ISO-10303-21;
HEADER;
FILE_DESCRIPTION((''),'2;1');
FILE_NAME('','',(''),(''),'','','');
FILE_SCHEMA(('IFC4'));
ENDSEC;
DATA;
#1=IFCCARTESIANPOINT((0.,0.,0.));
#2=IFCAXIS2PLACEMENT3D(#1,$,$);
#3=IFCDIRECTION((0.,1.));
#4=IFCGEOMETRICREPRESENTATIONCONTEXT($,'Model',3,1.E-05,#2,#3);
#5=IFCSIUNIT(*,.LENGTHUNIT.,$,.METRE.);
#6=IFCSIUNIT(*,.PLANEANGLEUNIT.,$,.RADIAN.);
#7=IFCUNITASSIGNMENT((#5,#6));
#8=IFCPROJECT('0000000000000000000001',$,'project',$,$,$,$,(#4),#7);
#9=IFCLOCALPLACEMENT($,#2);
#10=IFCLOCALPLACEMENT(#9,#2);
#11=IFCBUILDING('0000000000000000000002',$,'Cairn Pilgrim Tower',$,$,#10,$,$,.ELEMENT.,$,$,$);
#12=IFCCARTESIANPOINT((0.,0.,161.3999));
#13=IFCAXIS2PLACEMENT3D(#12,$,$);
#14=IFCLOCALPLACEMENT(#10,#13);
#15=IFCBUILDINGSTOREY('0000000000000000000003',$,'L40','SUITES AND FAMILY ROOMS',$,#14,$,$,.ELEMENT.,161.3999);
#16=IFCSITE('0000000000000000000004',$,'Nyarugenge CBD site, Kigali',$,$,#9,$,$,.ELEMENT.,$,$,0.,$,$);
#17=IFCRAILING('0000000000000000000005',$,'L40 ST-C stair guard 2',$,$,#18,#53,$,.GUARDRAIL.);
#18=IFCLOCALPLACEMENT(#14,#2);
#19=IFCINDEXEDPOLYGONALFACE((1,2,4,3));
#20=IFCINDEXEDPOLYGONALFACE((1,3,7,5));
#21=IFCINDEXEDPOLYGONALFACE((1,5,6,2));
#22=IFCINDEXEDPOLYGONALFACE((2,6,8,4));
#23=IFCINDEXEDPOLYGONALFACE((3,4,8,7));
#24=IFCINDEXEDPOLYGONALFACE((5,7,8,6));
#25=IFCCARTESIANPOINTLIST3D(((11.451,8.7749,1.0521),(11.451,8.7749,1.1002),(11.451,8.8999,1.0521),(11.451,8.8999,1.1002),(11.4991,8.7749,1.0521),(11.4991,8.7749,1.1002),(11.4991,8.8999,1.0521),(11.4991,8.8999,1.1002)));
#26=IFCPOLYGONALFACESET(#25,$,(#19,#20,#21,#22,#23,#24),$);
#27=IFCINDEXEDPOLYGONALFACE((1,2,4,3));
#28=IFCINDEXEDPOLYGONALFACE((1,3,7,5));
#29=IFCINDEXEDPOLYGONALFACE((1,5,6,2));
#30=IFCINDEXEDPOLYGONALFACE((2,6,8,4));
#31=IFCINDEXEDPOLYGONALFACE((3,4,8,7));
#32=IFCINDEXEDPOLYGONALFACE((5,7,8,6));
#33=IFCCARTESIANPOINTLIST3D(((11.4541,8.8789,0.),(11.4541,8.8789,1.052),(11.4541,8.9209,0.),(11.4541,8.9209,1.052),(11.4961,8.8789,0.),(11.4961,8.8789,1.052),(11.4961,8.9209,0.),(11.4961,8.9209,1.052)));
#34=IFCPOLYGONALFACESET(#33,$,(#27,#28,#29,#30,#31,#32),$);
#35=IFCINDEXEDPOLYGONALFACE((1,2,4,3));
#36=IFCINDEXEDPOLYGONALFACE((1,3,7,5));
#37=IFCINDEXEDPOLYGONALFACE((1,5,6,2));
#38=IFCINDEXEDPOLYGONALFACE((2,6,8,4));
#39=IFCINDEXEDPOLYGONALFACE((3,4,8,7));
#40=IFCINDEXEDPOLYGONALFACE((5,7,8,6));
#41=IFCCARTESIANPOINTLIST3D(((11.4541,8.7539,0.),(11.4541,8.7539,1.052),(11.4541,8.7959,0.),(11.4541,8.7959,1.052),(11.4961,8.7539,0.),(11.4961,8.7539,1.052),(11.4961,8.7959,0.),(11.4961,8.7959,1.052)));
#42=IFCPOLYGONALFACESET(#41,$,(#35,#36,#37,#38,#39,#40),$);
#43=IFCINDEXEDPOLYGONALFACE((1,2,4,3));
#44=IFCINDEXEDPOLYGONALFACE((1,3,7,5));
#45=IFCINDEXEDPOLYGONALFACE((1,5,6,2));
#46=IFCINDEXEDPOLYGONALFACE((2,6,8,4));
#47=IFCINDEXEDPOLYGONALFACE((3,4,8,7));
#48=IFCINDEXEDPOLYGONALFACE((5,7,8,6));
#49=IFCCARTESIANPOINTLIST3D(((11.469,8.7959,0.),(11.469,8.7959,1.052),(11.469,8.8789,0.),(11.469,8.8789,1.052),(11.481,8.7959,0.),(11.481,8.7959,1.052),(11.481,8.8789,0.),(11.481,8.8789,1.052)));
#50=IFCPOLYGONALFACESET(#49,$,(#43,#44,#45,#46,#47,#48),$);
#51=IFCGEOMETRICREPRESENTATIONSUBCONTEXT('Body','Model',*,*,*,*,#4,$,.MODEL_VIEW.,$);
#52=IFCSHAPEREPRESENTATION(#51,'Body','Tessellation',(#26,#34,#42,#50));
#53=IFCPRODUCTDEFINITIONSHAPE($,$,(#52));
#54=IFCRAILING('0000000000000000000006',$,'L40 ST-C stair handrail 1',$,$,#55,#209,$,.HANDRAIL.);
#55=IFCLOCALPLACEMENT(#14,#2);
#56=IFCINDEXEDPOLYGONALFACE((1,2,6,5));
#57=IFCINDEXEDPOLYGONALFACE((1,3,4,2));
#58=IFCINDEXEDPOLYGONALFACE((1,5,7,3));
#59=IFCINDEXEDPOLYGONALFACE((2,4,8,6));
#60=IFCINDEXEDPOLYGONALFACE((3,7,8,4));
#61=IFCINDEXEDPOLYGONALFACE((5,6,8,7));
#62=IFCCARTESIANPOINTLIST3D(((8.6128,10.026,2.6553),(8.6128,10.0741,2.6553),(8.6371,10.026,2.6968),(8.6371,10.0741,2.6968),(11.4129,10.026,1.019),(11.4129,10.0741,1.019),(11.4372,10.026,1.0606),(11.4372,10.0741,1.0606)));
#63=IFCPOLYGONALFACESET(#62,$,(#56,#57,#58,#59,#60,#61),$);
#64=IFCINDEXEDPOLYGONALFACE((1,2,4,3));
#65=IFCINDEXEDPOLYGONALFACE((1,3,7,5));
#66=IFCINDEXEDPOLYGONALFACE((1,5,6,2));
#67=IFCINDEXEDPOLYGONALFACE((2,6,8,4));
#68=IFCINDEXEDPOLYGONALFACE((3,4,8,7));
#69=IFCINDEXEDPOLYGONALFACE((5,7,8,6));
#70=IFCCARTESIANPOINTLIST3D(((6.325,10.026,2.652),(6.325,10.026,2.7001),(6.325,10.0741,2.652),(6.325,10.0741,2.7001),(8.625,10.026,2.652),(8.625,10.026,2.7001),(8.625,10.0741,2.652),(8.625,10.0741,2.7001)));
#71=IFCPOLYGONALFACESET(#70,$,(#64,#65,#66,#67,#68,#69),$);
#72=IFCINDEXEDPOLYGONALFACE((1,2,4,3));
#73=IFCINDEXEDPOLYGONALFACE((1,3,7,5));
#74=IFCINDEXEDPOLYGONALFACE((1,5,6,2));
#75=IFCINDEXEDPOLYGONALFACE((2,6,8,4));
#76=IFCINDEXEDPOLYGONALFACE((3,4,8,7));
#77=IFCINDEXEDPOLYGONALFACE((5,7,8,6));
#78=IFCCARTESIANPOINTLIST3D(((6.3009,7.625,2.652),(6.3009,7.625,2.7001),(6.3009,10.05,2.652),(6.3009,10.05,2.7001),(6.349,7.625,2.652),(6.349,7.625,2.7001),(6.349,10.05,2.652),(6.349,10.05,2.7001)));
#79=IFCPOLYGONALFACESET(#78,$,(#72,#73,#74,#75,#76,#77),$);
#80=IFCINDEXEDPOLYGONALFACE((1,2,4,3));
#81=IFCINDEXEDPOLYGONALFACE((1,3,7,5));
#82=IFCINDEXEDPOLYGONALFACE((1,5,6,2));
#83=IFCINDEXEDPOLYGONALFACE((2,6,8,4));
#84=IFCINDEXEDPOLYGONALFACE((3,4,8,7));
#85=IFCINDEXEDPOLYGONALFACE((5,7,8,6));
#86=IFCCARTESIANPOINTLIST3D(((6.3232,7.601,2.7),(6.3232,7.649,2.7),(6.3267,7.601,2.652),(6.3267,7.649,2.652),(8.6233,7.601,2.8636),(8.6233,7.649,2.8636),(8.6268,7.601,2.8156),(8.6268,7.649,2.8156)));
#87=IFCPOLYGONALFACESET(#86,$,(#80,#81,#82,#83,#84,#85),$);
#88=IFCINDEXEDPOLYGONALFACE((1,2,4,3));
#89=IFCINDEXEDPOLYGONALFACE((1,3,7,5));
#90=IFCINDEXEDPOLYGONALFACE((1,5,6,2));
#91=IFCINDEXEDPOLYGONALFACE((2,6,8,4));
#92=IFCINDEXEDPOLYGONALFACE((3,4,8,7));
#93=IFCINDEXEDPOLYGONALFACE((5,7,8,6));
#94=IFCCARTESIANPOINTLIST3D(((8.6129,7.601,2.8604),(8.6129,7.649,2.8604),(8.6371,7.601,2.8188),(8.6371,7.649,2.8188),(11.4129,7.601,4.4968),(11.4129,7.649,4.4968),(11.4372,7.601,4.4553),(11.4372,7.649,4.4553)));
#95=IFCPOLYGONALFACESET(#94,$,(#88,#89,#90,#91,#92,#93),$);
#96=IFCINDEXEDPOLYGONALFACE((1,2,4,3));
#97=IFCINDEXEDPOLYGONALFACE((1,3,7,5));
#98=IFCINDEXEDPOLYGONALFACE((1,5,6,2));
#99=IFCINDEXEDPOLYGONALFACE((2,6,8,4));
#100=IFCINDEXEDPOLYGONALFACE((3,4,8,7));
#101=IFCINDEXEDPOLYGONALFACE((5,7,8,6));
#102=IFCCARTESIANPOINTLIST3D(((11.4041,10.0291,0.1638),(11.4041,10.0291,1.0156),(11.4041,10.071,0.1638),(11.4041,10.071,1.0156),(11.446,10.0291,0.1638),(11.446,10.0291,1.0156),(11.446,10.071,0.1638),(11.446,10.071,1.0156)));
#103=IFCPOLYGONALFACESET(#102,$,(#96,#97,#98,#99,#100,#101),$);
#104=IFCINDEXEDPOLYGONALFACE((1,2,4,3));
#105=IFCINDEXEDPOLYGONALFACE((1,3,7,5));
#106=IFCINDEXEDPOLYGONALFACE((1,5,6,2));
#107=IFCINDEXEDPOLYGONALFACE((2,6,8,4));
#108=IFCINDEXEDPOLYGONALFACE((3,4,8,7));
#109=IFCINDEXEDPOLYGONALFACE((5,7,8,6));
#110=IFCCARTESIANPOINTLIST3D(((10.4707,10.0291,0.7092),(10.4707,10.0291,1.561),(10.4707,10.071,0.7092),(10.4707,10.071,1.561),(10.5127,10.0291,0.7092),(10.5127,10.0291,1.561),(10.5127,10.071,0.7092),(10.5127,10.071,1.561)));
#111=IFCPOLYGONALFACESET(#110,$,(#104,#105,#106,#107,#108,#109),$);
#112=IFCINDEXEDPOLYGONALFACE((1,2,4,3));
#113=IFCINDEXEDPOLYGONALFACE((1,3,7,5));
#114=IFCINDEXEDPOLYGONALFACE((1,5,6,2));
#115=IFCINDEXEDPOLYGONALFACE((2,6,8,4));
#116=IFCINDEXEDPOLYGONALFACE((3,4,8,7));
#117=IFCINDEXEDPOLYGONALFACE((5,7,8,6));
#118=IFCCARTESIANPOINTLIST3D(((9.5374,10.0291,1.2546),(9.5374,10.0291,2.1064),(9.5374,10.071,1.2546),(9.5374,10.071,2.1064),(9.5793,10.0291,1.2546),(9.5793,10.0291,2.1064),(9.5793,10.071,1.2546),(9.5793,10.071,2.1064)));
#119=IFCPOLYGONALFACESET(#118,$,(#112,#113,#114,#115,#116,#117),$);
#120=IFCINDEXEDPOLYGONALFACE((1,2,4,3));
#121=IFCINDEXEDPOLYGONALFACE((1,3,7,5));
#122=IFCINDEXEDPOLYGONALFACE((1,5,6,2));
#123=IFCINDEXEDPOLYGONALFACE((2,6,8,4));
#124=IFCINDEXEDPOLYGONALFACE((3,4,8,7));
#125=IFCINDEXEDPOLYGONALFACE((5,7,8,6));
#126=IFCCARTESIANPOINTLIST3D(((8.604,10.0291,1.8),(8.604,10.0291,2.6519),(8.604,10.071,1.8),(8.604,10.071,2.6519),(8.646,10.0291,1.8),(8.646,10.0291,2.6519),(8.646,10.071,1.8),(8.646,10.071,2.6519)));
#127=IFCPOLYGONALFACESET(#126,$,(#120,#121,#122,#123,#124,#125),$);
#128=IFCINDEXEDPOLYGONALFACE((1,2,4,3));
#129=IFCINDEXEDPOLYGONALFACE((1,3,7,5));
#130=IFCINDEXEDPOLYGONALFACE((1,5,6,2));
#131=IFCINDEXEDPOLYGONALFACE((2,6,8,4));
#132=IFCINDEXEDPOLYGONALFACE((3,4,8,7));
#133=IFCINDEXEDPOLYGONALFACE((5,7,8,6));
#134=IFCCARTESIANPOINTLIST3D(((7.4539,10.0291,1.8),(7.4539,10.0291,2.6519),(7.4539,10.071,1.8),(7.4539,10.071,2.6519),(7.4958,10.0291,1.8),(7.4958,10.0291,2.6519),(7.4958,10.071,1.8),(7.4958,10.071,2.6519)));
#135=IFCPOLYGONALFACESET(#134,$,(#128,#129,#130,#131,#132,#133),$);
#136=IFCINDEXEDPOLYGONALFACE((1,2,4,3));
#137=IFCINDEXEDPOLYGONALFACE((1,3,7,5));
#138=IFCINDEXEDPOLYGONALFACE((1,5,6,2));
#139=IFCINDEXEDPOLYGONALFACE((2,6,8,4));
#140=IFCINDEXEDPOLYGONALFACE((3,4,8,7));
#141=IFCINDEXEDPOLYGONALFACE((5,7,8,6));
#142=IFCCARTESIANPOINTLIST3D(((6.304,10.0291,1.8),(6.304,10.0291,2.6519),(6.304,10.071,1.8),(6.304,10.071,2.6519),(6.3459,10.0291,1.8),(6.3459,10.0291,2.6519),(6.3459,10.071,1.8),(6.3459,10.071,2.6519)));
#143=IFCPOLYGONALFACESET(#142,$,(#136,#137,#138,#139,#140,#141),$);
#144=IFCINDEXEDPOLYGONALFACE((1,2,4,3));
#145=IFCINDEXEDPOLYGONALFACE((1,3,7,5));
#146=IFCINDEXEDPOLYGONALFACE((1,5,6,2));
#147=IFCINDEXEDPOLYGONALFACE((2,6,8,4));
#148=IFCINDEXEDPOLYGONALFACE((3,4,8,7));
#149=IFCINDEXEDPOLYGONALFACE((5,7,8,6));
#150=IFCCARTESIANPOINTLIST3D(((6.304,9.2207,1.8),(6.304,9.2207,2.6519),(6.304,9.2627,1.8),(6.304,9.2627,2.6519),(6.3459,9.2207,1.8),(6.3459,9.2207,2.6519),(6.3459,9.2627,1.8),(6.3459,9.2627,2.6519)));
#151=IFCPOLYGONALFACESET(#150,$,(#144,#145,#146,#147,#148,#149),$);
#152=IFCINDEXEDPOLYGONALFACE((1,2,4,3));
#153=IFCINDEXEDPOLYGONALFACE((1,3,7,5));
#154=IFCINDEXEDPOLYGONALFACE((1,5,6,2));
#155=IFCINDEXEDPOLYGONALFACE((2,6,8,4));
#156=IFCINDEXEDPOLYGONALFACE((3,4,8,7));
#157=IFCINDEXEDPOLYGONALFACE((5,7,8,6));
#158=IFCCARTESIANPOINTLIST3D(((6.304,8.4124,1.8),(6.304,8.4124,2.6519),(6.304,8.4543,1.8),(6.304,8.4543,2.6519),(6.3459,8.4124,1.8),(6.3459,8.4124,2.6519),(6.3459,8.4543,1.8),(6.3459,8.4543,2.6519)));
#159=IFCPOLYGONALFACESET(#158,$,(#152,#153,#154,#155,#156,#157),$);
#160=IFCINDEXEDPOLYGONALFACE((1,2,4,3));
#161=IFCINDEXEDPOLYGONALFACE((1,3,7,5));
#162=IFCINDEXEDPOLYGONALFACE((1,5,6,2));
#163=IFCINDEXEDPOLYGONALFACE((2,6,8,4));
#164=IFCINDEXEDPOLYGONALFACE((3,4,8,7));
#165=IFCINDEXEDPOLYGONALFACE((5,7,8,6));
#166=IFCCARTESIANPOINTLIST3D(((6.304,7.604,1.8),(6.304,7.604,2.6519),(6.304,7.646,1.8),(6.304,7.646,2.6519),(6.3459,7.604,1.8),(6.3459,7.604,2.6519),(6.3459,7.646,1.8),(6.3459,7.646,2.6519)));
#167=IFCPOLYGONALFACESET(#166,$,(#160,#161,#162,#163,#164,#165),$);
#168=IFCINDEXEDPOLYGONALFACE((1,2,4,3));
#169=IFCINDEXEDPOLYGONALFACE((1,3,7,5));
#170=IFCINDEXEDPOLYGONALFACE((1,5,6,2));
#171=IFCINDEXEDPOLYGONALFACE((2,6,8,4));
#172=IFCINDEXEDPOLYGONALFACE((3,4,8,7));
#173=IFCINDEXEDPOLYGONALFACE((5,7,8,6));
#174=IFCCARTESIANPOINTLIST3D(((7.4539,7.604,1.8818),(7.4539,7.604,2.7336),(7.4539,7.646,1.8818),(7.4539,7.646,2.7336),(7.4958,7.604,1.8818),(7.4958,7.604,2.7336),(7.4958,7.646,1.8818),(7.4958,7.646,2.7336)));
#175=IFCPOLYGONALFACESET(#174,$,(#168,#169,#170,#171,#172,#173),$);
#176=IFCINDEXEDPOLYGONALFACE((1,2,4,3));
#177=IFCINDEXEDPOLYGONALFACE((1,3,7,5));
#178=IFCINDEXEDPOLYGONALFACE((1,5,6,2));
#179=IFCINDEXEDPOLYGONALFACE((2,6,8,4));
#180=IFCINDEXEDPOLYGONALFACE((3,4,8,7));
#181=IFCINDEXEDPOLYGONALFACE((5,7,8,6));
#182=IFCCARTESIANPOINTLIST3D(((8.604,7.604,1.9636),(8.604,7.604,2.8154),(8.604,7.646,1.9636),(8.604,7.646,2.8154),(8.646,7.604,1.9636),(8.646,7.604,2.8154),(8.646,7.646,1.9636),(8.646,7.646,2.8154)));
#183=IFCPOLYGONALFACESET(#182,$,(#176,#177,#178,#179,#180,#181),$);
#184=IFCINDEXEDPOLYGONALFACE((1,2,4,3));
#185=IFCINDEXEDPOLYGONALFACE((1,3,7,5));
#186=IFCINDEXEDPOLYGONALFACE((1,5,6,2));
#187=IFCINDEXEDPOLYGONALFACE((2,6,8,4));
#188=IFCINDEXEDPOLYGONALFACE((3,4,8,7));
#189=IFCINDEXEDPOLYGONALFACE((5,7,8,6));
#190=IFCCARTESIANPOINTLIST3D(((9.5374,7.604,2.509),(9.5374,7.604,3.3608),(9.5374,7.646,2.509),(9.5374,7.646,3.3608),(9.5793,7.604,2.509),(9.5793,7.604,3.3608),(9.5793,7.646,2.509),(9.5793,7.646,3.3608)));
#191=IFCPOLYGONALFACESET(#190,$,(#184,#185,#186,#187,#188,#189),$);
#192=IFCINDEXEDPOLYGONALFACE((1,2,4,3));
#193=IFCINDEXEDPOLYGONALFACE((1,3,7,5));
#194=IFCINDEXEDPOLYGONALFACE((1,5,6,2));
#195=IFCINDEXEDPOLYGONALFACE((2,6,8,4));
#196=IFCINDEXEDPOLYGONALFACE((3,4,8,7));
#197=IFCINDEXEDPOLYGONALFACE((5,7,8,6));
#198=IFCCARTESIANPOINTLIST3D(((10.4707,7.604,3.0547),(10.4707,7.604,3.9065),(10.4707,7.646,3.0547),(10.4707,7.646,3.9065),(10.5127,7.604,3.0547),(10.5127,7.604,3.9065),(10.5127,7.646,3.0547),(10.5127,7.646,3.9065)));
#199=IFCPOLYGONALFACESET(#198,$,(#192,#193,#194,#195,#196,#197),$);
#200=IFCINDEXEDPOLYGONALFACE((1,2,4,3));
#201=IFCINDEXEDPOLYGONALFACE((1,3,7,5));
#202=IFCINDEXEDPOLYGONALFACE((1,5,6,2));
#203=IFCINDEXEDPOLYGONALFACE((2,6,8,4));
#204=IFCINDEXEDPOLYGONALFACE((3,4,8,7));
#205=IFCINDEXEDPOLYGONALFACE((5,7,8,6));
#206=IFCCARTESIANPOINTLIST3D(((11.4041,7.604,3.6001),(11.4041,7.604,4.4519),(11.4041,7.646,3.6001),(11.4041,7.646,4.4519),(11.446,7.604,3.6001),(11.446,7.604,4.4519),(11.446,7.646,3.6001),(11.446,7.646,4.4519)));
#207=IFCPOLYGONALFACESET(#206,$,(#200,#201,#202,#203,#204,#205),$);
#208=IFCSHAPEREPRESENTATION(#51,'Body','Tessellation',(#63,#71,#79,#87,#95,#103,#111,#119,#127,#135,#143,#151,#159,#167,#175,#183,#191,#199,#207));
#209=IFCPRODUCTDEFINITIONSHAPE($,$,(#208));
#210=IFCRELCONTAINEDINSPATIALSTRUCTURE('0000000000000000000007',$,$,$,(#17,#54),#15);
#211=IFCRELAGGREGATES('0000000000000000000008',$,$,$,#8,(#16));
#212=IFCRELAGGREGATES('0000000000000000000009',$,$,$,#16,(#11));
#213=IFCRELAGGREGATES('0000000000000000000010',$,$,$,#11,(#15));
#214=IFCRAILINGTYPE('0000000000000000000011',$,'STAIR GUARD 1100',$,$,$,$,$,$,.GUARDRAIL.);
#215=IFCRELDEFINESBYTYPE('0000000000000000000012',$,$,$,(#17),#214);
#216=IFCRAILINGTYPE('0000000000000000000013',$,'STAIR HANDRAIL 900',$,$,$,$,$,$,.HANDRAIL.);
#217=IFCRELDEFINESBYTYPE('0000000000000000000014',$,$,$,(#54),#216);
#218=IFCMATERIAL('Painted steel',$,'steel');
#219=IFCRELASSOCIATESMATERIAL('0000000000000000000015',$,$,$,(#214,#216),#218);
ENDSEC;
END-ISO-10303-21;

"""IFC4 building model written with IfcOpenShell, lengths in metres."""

from ifc_helpers import new_model, si_unit, direction, frame, origin, origin_2d, place, context, subcontext, project, spatial, polyline, rectangle, outline, extrude, material, type_object, element, save


model = new_model("IFC4")

# Units and contexts
model_context = context("Model", 3, precision=1e-05, world=origin(), true_north=direction((0.0, 1.0)))
body_context = subcontext(model_context, "Body", "Model", "MODEL_VIEW")
ifc_project = project(units=[si_unit("LENGTHUNIT", "METRE"), si_unit("PLANEANGLEUNIT", "RADIAN")], contexts=[model_context])

# Site, building, storey
site_placement = place(None, origin())
site = spatial("IfcSite", under=ifc_project, at=site_placement, Name="Nyarugenge CBD site, Kigali", CompositionType="ELEMENT", RefElevation=0.0)
building_placement = place(site_placement, origin())
building = spatial("IfcBuilding", under=site, at=building_placement, Name="Cairn Pilgrim Tower", CompositionType="ELEMENT")
storey_placement = place(building_placement, frame((0.0, 0.0, 161.3999)))
storey = spatial("IfcBuildingStorey", under=building, at=storey_placement, Name="L40", Description="SUITES AND FAMILY ROOMS", CompositionType="ELEMENT", Elevation=161.3999)

# Shared definitions
ifc_material_1 = material(Name="Painted steel", Category="steel")

# Railings
railing_type_1 = type_object("IfcRailingType", Name="STAIR GUARD 1100", PredefinedType="GUARDRAIL", material=ifc_material_1)
railing_1_placement = place(storey_placement, frame((11.4751, 8.8999, 0.0)))
element("IfcRailing", 1, at=railing_1_placement, inside=storey, type_object=railing_type_1, Name="L40 ST-C stair guard 2", PredefinedType="GUARDRAIL", context=body_context, shape_type="SweptSolid", body=[
    extrude(rectangle(XDim=0.0481, YDim=0.0481, at=origin_2d()), frame((0.0, 0.0, 1.0762), z_axis=(0.0, -1.0, 0.0), x_axis=(1.0, 0.0, 0.0)), (0.0, 0.0, 1.0), 0.125),
    extrude(rectangle(XDim=0.042, YDim=0.042, at=origin_2d()), origin(), (0.0, 0.0, 1.0), 1.052),
    extrude(rectangle(XDim=0.042, YDim=0.042, at=origin_2d()), frame((0.0, -0.125, 0.0)), (0.0, 0.0, 1.0), 1.052),
    extrude(outline(polyline([(0.021, 0.0), (0.104, 0.0), (0.104, 1.052), (0.021, 1.052), (0.021, 0.0)])), frame((0.0059, 0.0, 0.0), z_axis=(-1.0, 0.0, 0.0), x_axis=(0.0, -1.0, 0.0)), (0.0, 0.0, 1.0), 0.012),
])
railing_type_2 = type_object("IfcRailingType", Name="STAIR HANDRAIL 900", PredefinedType="HANDRAIL", material=ifc_material_1)
railing_2_placement = place(storey_placement, frame((11.425, 10.05, 0.1638)))
element("IfcRailing", 2, at=railing_2_placement, inside=storey, type_object=railing_type_2, Name="L40 ST-C stair handrail 1", PredefinedType="HANDRAIL", context=body_context, shape_type="SweptSolid", body=[
    extrude(rectangle(XDim=0.0481, YDim=0.0481, at=origin_2d()), frame((0.0, 0.0, 0.876), z_axis=(-0.863394, 0.0, 0.504531), x_axis=(0.0, -1.0, 0.0)), (0.0, 0.0, 1.0), 3.2432),
    extrude(rectangle(XDim=0.0481, YDim=0.0481, at=origin_2d()), frame((-2.8, 0.0, 2.5122), z_axis=(-1.0, 0.0, 0.0), x_axis=(0.0, -1.0, 0.0)), (0.0, 0.0, 1.0), 2.3),
    extrude(rectangle(XDim=0.0481, YDim=0.0481, at=origin_2d()), frame((-5.1001, 0.0, 2.5122), z_axis=(0.0, -1.0, 0.0), x_axis=(1.0, 0.0, 0.0)), (0.0, 0.0, 1.0), 2.425),
    extrude(rectangle(XDim=0.0481, YDim=0.0481, at=origin_2d()), frame((-5.1001, -2.425, 2.5122), z_axis=(0.997481, 0.0, 0.070939), x_axis=(0.0, 1.0, 0.0)), (0.0, 0.0, 1.0), 2.3059),
    extrude(rectangle(XDim=0.0481, YDim=0.0481, at=origin_2d()), frame((-2.8, -2.425, 2.6758), z_axis=(0.863361, 0.0, 0.504587), x_axis=(0.0, 1.0, 0.0)), (0.0, 0.0, 1.0), 3.2432),
    extrude(rectangle(XDim=0.042, YDim=0.042, at=origin_2d()), origin(), (0.0, 0.0, 1.0), 0.8518),
    extrude(rectangle(XDim=0.042, YDim=0.042, at=origin_2d()), frame((-0.9333, 0.0, 0.5454)), (0.0, 0.0, 1.0), 0.8518),
    extrude(rectangle(XDim=0.042, YDim=0.042, at=origin_2d()), frame((-1.8667, 0.0, 1.0908)), (0.0, 0.0, 1.0), 0.8518),
    extrude(rectangle(XDim=0.042, YDim=0.042, at=origin_2d()), frame((-2.8, 0.0, 1.6362)), (0.0, 0.0, 1.0), 0.8518),
    extrude(rectangle(XDim=0.042, YDim=0.042, at=origin_2d()), frame((-3.9502, 0.0, 1.6362)), (0.0, 0.0, 1.0), 0.8518),
    extrude(rectangle(XDim=0.042, YDim=0.042, at=origin_2d()), frame((-5.1001, 0.0, 1.6362)), (0.0, 0.0, 1.0), 0.8518),
    extrude(rectangle(XDim=0.042, YDim=0.042, at=origin_2d()), frame((-5.1001, -0.8083, 1.6362)), (0.0, 0.0, 1.0), 0.8518),
    extrude(rectangle(XDim=0.042, YDim=0.042, at=origin_2d()), frame((-5.1001, -1.6167, 1.6362)), (0.0, 0.0, 1.0), 0.8518),
    extrude(rectangle(XDim=0.042, YDim=0.042, at=origin_2d()), frame((-5.1001, -2.425, 1.6362)), (0.0, 0.0, 1.0), 0.8518),
    extrude(rectangle(XDim=0.042, YDim=0.042, at=origin_2d()), frame((-3.9502, -2.425, 1.718)), (0.0, 0.0, 1.0), 0.8518),
    extrude(rectangle(XDim=0.042, YDim=0.042, at=origin_2d()), frame((-2.8, -2.425, 1.7998)), (0.0, 0.0, 1.0), 0.8518),
    extrude(rectangle(XDim=0.042, YDim=0.042, at=origin_2d()), frame((-1.8667, -2.425, 2.3452)), (0.0, 0.0, 1.0), 0.8518),
    extrude(rectangle(XDim=0.042, YDim=0.042, at=origin_2d()), frame((-0.9333, -2.425, 2.8909)), (0.0, 0.0, 1.0), 0.8518),
    extrude(rectangle(XDim=0.042, YDim=0.042, at=origin_2d()), frame((0.0, -2.425, 3.4363)), (0.0, 0.0, 1.0), 0.8518),
])

save(model, "model.ifc")
